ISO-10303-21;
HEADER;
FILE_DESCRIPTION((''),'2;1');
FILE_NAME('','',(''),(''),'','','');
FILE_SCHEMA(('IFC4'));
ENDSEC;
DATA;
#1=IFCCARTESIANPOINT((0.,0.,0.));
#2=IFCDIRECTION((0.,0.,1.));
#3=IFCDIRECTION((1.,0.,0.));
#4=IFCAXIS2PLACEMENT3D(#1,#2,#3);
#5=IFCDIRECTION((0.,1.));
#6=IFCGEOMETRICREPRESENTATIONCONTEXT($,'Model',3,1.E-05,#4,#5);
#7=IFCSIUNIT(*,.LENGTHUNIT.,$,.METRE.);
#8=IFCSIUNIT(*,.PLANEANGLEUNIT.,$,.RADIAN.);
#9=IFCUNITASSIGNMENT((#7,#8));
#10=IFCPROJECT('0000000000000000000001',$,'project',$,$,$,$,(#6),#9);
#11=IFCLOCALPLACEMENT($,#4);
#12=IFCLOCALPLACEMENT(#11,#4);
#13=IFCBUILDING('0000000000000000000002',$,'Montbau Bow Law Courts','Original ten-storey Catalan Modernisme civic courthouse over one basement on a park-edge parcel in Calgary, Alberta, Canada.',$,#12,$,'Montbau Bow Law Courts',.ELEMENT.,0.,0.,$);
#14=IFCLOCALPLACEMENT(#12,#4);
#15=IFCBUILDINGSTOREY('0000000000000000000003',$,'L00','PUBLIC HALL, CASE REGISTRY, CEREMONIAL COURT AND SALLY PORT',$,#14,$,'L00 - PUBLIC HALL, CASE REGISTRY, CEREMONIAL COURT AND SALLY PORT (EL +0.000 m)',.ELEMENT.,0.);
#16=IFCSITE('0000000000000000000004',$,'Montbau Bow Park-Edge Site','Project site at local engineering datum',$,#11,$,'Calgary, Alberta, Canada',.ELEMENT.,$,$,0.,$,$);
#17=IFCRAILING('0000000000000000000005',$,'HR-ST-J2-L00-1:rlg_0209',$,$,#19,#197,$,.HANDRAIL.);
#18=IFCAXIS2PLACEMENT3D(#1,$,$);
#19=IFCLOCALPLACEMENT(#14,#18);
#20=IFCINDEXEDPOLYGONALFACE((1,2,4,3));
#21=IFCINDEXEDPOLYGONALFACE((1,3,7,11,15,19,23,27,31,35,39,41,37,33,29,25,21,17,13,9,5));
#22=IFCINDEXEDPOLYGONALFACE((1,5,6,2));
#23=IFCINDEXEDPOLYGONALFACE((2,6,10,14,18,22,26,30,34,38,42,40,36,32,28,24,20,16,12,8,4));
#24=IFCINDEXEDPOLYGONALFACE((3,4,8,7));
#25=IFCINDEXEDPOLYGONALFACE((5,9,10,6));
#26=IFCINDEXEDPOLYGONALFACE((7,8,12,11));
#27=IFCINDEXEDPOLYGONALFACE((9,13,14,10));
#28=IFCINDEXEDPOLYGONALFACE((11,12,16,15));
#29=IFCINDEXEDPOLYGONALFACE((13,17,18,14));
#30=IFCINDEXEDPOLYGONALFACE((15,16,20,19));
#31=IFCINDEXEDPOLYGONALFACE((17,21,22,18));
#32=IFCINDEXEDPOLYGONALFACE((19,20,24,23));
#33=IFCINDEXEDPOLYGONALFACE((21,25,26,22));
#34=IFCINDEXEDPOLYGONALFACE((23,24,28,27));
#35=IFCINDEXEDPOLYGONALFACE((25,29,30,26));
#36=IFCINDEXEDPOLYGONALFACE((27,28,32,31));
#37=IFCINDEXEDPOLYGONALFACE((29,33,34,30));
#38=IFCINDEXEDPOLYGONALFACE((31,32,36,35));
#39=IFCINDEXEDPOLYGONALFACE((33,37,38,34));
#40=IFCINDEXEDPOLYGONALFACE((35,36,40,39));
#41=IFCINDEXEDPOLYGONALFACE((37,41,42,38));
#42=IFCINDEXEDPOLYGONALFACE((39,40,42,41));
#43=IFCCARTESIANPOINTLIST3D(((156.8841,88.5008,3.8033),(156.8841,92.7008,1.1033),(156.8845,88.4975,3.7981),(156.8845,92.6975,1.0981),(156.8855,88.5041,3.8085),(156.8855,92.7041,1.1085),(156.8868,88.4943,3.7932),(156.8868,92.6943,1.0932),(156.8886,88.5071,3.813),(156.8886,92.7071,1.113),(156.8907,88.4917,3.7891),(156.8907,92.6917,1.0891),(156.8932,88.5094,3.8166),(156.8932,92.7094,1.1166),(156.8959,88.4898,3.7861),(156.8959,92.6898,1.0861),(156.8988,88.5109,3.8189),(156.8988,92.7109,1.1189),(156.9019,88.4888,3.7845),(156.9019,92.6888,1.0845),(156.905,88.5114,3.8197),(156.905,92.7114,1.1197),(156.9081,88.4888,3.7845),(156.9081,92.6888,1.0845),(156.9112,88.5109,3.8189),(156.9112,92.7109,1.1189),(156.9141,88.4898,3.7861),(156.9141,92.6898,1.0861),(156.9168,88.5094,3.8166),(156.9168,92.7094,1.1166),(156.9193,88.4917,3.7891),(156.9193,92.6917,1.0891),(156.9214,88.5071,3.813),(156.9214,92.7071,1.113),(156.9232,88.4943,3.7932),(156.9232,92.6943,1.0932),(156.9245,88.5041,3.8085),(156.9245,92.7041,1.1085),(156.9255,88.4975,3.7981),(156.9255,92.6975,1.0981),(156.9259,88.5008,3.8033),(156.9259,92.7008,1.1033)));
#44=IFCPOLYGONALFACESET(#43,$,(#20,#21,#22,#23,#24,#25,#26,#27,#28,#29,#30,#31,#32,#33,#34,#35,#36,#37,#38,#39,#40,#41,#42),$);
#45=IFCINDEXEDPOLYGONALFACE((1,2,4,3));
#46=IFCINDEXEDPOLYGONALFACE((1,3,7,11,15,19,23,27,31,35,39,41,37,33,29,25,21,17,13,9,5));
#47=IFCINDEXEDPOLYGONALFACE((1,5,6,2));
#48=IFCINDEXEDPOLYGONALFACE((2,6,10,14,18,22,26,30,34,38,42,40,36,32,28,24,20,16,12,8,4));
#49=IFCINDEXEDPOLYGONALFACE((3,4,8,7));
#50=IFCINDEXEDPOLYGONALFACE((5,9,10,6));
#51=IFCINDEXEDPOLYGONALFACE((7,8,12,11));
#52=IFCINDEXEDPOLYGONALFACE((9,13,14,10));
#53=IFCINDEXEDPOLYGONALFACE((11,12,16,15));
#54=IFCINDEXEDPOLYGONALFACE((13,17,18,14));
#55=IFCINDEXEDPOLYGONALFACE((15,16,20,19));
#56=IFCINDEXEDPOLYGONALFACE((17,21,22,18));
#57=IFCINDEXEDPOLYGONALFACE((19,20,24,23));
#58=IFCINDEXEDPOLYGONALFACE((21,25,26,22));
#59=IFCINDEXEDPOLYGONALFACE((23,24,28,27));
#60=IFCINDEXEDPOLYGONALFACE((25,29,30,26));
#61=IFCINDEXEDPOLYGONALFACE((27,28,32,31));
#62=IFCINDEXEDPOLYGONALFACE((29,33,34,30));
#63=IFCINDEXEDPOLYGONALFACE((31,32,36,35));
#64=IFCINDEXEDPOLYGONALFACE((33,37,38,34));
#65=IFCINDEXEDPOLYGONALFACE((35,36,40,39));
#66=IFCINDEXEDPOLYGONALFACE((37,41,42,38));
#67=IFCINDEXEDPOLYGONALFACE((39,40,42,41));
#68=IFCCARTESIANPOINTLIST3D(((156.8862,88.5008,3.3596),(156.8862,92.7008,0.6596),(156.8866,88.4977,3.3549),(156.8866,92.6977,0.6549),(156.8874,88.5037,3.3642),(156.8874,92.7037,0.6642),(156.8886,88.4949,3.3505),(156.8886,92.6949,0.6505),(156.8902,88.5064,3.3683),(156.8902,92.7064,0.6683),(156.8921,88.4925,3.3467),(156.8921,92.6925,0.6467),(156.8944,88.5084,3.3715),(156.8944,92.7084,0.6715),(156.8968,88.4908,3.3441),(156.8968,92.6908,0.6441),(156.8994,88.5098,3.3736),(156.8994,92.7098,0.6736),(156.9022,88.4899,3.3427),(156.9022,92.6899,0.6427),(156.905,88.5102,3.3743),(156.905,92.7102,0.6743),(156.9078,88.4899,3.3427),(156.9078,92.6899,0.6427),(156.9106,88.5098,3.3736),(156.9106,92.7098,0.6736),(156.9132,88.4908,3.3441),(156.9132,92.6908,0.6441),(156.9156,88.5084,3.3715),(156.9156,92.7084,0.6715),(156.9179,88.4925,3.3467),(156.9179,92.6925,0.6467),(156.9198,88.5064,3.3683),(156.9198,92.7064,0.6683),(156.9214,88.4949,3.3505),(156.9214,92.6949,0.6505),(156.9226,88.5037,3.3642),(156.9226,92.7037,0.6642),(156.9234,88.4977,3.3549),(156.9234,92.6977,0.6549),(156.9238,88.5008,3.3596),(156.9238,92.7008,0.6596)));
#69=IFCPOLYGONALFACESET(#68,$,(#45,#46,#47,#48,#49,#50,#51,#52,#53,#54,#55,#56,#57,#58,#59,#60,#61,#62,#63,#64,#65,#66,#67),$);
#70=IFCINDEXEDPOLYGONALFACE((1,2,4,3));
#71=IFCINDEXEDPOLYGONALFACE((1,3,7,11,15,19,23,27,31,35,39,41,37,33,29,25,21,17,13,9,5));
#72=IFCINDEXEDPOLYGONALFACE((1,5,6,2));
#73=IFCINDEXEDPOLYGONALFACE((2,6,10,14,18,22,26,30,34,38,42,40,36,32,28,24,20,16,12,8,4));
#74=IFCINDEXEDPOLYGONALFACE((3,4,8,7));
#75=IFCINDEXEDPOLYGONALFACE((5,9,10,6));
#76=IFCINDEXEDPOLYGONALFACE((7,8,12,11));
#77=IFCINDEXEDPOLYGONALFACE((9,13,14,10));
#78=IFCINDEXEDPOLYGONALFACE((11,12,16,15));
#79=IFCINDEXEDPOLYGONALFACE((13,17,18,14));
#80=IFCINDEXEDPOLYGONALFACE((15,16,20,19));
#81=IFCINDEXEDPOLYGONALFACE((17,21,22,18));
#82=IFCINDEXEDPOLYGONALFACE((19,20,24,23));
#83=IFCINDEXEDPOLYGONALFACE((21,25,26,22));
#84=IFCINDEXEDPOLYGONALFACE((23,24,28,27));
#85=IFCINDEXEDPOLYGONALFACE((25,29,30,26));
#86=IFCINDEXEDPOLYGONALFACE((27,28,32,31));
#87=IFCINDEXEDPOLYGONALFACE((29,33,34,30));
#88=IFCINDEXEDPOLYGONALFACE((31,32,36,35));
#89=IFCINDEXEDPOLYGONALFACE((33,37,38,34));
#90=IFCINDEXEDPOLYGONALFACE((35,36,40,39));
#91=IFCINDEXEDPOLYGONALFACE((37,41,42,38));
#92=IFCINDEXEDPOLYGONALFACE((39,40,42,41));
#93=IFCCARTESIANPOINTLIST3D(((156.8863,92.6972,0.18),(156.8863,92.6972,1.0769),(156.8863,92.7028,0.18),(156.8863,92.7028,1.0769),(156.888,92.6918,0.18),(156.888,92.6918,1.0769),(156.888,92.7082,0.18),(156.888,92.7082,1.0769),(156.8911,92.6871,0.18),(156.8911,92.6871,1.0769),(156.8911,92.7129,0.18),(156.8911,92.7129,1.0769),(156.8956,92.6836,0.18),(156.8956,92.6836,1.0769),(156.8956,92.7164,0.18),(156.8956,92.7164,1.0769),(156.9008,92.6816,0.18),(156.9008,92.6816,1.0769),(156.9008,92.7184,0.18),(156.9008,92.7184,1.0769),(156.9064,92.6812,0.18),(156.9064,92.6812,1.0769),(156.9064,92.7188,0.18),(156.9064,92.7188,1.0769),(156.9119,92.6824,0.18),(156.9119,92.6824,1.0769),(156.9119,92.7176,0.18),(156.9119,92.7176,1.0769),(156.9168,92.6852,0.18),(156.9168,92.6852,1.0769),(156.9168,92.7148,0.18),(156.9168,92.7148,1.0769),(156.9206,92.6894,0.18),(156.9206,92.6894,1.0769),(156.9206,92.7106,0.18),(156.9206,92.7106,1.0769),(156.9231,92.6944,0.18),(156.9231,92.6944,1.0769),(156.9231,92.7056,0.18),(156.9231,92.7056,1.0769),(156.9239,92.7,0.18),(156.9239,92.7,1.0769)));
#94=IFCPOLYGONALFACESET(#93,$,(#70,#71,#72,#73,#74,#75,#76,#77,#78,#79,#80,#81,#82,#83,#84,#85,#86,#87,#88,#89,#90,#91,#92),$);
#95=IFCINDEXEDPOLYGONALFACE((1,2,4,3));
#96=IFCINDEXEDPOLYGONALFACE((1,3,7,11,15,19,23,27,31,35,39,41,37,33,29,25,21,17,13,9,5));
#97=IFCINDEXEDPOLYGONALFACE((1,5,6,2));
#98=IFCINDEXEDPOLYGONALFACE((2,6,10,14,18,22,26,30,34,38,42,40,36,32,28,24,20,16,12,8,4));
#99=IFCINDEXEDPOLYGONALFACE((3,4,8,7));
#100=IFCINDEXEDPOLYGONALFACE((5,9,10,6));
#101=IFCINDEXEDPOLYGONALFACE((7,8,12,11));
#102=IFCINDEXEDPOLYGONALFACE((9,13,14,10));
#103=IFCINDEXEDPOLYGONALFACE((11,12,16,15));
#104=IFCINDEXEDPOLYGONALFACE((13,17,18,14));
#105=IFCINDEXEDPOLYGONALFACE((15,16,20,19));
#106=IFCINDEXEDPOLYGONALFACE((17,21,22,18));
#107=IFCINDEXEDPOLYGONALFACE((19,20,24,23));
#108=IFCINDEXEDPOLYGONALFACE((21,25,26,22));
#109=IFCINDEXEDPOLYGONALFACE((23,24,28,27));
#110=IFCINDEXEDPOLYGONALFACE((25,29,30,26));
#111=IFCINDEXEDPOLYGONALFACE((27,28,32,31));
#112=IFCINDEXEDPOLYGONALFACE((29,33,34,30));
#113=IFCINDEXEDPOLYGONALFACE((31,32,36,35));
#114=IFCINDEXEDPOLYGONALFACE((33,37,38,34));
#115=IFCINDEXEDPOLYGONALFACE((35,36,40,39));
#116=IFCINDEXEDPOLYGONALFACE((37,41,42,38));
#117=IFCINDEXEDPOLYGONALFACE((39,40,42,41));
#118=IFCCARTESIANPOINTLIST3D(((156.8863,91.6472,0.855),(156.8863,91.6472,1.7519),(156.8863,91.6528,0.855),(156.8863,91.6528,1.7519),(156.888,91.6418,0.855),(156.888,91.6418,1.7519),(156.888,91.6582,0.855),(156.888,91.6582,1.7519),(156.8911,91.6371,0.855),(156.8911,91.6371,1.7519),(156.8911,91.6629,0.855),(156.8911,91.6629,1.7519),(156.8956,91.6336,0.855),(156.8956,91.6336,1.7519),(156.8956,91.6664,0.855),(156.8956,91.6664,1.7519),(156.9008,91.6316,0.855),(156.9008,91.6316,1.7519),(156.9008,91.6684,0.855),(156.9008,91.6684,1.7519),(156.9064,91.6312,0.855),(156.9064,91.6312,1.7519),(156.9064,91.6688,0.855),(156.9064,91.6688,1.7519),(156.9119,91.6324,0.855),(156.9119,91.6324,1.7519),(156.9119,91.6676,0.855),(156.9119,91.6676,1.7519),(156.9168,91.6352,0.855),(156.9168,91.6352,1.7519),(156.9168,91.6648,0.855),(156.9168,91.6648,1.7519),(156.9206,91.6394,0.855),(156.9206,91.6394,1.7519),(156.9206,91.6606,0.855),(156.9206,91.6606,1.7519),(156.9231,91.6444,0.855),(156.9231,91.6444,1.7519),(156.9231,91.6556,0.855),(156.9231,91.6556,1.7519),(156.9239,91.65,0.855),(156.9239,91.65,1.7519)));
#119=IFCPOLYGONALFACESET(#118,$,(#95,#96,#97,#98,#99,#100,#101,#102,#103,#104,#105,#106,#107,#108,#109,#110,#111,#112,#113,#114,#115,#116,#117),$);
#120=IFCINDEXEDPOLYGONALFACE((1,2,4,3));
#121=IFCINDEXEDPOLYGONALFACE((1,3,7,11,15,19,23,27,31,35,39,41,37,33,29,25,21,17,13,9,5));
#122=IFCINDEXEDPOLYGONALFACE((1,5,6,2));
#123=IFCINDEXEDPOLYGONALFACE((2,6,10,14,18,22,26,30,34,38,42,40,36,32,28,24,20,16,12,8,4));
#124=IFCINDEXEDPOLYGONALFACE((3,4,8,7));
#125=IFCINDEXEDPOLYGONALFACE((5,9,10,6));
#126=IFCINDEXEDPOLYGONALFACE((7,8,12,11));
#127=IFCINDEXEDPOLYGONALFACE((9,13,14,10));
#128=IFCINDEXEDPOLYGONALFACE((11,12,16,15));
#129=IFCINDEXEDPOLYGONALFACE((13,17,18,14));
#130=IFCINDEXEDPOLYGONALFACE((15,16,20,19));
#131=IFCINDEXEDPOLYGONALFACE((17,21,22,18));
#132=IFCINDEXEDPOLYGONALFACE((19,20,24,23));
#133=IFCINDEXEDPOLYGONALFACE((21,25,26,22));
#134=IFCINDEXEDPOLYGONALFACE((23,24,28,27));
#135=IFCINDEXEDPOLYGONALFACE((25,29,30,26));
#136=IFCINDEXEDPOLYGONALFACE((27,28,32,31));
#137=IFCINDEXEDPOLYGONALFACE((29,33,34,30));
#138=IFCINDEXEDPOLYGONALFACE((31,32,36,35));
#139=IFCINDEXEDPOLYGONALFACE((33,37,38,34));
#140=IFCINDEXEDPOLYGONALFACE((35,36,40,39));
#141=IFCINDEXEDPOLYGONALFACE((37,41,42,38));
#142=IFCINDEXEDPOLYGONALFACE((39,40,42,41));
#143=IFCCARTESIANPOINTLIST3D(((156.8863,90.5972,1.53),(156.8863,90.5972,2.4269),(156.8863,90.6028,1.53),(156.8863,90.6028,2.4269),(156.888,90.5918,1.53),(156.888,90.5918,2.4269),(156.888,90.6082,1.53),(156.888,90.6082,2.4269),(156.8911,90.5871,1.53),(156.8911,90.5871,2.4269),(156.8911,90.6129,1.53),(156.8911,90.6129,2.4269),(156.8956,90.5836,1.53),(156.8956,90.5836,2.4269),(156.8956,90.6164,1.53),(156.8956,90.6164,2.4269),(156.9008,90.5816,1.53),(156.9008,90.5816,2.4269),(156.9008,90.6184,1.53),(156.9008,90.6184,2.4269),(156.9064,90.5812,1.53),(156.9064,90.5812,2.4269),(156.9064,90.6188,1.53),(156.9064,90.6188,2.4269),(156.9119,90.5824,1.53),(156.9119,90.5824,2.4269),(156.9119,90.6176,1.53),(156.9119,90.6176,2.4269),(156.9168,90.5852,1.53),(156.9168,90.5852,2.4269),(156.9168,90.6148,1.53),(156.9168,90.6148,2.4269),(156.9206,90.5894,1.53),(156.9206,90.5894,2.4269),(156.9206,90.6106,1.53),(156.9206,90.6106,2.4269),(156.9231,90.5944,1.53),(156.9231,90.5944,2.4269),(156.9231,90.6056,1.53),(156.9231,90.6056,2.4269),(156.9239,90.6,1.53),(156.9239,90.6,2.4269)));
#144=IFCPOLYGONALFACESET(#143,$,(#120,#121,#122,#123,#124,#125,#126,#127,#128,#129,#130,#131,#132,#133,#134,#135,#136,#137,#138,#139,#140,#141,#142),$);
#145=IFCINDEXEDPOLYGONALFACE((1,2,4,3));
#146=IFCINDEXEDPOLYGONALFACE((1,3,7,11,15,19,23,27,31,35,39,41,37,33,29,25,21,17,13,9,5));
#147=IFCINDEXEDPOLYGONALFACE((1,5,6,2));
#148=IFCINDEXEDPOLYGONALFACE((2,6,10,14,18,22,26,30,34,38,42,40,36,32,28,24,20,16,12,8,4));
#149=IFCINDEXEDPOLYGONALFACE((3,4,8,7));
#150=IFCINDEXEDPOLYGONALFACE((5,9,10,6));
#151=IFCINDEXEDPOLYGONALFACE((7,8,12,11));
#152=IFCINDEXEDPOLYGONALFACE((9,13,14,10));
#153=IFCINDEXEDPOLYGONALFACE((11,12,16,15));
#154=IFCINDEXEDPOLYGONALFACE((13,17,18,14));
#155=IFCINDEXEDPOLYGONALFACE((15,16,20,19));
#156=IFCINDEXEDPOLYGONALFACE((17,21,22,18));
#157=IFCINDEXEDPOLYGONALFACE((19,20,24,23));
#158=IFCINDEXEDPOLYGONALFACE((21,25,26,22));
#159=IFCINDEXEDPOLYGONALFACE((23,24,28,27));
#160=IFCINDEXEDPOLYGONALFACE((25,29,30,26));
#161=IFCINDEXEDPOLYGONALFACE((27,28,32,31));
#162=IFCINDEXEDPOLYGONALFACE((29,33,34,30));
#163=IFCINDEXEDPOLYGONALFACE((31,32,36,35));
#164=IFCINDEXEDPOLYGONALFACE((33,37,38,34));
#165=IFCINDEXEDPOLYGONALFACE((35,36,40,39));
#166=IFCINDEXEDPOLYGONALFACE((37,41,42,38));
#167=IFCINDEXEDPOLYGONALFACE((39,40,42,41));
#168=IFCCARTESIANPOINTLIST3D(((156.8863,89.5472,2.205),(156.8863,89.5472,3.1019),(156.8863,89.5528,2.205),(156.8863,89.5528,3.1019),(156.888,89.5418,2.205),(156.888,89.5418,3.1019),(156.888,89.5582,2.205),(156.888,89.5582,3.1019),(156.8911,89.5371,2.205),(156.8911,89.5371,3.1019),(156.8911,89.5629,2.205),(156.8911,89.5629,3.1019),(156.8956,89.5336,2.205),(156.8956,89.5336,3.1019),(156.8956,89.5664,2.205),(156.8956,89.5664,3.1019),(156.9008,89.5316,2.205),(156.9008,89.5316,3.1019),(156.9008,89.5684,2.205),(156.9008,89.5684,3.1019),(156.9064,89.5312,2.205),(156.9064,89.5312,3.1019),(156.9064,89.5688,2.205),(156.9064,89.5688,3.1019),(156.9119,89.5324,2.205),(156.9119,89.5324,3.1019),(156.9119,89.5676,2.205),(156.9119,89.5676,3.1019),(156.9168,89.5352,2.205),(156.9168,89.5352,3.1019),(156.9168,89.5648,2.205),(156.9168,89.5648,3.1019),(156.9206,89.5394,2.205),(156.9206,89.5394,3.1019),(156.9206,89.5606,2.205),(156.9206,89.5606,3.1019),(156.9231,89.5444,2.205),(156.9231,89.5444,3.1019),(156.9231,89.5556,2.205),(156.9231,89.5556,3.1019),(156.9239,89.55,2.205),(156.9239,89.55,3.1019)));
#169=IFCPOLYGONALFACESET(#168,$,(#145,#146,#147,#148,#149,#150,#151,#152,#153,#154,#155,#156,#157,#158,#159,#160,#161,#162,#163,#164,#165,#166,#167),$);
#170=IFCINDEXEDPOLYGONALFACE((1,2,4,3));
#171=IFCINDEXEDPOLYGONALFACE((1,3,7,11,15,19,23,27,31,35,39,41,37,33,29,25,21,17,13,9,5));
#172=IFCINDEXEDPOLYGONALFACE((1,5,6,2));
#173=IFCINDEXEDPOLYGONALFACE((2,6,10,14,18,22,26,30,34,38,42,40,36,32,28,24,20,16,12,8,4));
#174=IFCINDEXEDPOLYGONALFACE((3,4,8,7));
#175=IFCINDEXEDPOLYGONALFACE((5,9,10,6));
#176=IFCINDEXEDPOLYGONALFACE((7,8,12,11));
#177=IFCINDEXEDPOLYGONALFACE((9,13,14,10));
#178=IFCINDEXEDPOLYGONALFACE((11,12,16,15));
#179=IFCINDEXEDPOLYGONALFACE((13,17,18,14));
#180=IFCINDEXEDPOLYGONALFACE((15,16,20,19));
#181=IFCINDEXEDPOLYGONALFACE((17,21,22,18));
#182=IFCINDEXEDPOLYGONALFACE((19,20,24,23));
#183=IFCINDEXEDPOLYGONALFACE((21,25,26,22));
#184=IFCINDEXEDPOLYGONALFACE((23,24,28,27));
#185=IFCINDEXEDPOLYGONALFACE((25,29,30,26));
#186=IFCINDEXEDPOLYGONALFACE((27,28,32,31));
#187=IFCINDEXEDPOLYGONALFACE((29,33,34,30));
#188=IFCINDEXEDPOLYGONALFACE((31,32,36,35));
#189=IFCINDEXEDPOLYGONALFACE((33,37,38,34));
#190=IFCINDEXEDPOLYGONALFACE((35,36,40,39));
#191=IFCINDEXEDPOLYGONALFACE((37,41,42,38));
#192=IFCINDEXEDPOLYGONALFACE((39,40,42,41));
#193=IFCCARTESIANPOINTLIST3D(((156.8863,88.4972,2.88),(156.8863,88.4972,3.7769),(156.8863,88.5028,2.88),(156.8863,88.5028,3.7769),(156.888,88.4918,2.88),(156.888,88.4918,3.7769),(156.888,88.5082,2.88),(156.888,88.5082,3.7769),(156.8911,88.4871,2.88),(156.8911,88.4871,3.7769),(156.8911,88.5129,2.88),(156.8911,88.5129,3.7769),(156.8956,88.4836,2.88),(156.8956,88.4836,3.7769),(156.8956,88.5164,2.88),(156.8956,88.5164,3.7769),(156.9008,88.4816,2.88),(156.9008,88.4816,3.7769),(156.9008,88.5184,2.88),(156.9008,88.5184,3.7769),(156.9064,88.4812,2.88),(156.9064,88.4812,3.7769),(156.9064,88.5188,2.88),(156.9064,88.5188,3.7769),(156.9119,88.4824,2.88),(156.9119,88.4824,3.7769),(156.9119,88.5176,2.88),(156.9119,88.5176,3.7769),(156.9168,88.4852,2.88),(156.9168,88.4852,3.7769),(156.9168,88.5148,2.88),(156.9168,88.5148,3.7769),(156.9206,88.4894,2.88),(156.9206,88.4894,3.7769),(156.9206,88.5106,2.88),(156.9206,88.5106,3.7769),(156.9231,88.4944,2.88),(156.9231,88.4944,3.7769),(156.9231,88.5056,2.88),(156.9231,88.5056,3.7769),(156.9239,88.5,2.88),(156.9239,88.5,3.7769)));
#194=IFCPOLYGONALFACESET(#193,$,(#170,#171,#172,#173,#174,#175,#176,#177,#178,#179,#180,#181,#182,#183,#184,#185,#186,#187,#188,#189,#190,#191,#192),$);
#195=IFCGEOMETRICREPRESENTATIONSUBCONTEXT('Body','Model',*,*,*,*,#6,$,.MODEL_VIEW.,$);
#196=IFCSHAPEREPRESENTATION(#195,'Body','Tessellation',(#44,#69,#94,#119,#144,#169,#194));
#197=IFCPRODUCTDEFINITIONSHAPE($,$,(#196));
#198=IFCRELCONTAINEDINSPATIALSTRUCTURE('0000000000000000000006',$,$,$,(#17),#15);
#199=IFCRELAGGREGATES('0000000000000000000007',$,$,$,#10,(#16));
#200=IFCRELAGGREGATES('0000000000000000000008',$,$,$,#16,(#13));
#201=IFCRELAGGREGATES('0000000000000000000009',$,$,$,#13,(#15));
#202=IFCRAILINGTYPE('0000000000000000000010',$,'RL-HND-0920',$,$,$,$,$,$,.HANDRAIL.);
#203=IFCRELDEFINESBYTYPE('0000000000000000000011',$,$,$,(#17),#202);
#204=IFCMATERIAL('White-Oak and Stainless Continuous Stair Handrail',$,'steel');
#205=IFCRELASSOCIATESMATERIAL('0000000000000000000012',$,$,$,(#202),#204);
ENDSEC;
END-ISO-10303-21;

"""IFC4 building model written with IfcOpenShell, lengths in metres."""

from ifc_helpers import new_model, si_unit, direction, frame, origin_with_axes, origin_2d_with_axis, place, context, subcontext, project, spatial, circle, extrude, material, type_object, element, save


model = new_model("IFC4")

# Units and contexts
model_context = context("Model", 3, precision=1e-05, world=origin_with_axes(), true_north=direction((0.0, 1.0)))
body_context = subcontext(model_context, "Body", "Model", "MODEL_VIEW")
ifc_project = project(units=[si_unit("LENGTHUNIT", "METRE"), si_unit("PLANEANGLEUNIT", "RADIAN")], contexts=[model_context])

# Site, building, storey
site_placement = place(None, origin_with_axes())
site = spatial("IfcSite", under=ifc_project, at=site_placement, Name="Montbau Bow Park-Edge Site", Description="Project site at local engineering datum", LongName="Calgary, Alberta, Canada", CompositionType="ELEMENT", RefElevation=0.0)
building_placement = place(site_placement, origin_with_axes())
building = spatial("IfcBuilding", under=site, at=building_placement, Name="Montbau Bow Law Courts", Description="Original ten-storey Catalan Modernisme civic courthouse over one basement on a park-edge parcel in Calgary, Alberta, Canada.", LongName="Montbau Bow Law Courts", CompositionType="ELEMENT", ElevationOfRefHeight=0.0, ElevationOfTerrain=0.0)
storey_placement = place(building_placement, origin_with_axes())
storey = spatial("IfcBuildingStorey", under=building, at=storey_placement, Name="L00", Description="PUBLIC HALL, CASE REGISTRY, CEREMONIAL COURT AND SALLY PORT", LongName="L00 - PUBLIC HALL, CASE REGISTRY, CEREMONIAL COURT AND SALLY PORT (EL +0.000 m)", CompositionType="ELEMENT", Elevation=0.0)

# Railing
ifc_material_1 = material(Name="White-Oak and Stainless Continuous Stair Handrail", Category="steel")
railing_type_1 = type_object("IfcRailingType", Name="RL-HND-0920", PredefinedType="HANDRAIL", material=ifc_material_1)
railing_1_placement = place(None, origin_with_axes())
element("IfcRailing", 1, at=railing_1_placement, inside=storey, type_object=railing_type_1, Name="HR-ST-J2-L00-1:rlg_0209", PredefinedType="HANDRAIL", context=body_context, shape_type="SweptSolid", body=[
    extrude(circle(Radius=0.021, at=origin_2d_with_axis()), frame((156.905, 92.7, 1.102), z_axis=(0.0, -0.841178, 0.540758), x_axis=(0.0, 0.540758, 0.841178)), (0.0, 0.0, 1.0), 4.993),
    extrude(circle(Radius=0.0189, at=origin_2d_with_axis()), frame((156.905, 92.7, 0.6584), z_axis=(0.0, -0.841178, 0.540758), x_axis=(0.0, 0.540758, 0.841178)), (0.0, 0.0, 1.0), 4.993),
    extrude(circle(Radius=0.0189, at=origin_2d_with_axis()), frame((156.905, 92.7, 0.18), z_axis=(0.0, 0.0, 1.0), x_axis=(1.0, 0.0, 0.0)), (0.0, 0.0, 1.0), 0.8969),
    extrude(circle(Radius=0.0189, at=origin_2d_with_axis()), frame((156.905, 91.65, 0.855), z_axis=(0.0, 0.0, 1.0), x_axis=(1.0, 0.0, 0.0)), (0.0, 0.0, 1.0), 0.8969),
    extrude(circle(Radius=0.0189, at=origin_2d_with_axis()), frame((156.905, 90.6, 1.53), z_axis=(0.0, 0.0, 1.0), x_axis=(1.0, 0.0, 0.0)), (0.0, 0.0, 1.0), 0.8969),
    extrude(circle(Radius=0.0189, at=origin_2d_with_axis()), frame((156.905, 89.55, 2.205), z_axis=(0.0, 0.0, 1.0), x_axis=(1.0, 0.0, 0.0)), (0.0, 0.0, 1.0), 0.8969),
    extrude(circle(Radius=0.0189, at=origin_2d_with_axis()), frame((156.905, 88.5, 2.88), z_axis=(0.0, 0.0, 1.0), x_axis=(1.0, 0.0, 0.0)), (0.0, 0.0, 1.0), 0.8969),
])

save(model, "model.ifc")
